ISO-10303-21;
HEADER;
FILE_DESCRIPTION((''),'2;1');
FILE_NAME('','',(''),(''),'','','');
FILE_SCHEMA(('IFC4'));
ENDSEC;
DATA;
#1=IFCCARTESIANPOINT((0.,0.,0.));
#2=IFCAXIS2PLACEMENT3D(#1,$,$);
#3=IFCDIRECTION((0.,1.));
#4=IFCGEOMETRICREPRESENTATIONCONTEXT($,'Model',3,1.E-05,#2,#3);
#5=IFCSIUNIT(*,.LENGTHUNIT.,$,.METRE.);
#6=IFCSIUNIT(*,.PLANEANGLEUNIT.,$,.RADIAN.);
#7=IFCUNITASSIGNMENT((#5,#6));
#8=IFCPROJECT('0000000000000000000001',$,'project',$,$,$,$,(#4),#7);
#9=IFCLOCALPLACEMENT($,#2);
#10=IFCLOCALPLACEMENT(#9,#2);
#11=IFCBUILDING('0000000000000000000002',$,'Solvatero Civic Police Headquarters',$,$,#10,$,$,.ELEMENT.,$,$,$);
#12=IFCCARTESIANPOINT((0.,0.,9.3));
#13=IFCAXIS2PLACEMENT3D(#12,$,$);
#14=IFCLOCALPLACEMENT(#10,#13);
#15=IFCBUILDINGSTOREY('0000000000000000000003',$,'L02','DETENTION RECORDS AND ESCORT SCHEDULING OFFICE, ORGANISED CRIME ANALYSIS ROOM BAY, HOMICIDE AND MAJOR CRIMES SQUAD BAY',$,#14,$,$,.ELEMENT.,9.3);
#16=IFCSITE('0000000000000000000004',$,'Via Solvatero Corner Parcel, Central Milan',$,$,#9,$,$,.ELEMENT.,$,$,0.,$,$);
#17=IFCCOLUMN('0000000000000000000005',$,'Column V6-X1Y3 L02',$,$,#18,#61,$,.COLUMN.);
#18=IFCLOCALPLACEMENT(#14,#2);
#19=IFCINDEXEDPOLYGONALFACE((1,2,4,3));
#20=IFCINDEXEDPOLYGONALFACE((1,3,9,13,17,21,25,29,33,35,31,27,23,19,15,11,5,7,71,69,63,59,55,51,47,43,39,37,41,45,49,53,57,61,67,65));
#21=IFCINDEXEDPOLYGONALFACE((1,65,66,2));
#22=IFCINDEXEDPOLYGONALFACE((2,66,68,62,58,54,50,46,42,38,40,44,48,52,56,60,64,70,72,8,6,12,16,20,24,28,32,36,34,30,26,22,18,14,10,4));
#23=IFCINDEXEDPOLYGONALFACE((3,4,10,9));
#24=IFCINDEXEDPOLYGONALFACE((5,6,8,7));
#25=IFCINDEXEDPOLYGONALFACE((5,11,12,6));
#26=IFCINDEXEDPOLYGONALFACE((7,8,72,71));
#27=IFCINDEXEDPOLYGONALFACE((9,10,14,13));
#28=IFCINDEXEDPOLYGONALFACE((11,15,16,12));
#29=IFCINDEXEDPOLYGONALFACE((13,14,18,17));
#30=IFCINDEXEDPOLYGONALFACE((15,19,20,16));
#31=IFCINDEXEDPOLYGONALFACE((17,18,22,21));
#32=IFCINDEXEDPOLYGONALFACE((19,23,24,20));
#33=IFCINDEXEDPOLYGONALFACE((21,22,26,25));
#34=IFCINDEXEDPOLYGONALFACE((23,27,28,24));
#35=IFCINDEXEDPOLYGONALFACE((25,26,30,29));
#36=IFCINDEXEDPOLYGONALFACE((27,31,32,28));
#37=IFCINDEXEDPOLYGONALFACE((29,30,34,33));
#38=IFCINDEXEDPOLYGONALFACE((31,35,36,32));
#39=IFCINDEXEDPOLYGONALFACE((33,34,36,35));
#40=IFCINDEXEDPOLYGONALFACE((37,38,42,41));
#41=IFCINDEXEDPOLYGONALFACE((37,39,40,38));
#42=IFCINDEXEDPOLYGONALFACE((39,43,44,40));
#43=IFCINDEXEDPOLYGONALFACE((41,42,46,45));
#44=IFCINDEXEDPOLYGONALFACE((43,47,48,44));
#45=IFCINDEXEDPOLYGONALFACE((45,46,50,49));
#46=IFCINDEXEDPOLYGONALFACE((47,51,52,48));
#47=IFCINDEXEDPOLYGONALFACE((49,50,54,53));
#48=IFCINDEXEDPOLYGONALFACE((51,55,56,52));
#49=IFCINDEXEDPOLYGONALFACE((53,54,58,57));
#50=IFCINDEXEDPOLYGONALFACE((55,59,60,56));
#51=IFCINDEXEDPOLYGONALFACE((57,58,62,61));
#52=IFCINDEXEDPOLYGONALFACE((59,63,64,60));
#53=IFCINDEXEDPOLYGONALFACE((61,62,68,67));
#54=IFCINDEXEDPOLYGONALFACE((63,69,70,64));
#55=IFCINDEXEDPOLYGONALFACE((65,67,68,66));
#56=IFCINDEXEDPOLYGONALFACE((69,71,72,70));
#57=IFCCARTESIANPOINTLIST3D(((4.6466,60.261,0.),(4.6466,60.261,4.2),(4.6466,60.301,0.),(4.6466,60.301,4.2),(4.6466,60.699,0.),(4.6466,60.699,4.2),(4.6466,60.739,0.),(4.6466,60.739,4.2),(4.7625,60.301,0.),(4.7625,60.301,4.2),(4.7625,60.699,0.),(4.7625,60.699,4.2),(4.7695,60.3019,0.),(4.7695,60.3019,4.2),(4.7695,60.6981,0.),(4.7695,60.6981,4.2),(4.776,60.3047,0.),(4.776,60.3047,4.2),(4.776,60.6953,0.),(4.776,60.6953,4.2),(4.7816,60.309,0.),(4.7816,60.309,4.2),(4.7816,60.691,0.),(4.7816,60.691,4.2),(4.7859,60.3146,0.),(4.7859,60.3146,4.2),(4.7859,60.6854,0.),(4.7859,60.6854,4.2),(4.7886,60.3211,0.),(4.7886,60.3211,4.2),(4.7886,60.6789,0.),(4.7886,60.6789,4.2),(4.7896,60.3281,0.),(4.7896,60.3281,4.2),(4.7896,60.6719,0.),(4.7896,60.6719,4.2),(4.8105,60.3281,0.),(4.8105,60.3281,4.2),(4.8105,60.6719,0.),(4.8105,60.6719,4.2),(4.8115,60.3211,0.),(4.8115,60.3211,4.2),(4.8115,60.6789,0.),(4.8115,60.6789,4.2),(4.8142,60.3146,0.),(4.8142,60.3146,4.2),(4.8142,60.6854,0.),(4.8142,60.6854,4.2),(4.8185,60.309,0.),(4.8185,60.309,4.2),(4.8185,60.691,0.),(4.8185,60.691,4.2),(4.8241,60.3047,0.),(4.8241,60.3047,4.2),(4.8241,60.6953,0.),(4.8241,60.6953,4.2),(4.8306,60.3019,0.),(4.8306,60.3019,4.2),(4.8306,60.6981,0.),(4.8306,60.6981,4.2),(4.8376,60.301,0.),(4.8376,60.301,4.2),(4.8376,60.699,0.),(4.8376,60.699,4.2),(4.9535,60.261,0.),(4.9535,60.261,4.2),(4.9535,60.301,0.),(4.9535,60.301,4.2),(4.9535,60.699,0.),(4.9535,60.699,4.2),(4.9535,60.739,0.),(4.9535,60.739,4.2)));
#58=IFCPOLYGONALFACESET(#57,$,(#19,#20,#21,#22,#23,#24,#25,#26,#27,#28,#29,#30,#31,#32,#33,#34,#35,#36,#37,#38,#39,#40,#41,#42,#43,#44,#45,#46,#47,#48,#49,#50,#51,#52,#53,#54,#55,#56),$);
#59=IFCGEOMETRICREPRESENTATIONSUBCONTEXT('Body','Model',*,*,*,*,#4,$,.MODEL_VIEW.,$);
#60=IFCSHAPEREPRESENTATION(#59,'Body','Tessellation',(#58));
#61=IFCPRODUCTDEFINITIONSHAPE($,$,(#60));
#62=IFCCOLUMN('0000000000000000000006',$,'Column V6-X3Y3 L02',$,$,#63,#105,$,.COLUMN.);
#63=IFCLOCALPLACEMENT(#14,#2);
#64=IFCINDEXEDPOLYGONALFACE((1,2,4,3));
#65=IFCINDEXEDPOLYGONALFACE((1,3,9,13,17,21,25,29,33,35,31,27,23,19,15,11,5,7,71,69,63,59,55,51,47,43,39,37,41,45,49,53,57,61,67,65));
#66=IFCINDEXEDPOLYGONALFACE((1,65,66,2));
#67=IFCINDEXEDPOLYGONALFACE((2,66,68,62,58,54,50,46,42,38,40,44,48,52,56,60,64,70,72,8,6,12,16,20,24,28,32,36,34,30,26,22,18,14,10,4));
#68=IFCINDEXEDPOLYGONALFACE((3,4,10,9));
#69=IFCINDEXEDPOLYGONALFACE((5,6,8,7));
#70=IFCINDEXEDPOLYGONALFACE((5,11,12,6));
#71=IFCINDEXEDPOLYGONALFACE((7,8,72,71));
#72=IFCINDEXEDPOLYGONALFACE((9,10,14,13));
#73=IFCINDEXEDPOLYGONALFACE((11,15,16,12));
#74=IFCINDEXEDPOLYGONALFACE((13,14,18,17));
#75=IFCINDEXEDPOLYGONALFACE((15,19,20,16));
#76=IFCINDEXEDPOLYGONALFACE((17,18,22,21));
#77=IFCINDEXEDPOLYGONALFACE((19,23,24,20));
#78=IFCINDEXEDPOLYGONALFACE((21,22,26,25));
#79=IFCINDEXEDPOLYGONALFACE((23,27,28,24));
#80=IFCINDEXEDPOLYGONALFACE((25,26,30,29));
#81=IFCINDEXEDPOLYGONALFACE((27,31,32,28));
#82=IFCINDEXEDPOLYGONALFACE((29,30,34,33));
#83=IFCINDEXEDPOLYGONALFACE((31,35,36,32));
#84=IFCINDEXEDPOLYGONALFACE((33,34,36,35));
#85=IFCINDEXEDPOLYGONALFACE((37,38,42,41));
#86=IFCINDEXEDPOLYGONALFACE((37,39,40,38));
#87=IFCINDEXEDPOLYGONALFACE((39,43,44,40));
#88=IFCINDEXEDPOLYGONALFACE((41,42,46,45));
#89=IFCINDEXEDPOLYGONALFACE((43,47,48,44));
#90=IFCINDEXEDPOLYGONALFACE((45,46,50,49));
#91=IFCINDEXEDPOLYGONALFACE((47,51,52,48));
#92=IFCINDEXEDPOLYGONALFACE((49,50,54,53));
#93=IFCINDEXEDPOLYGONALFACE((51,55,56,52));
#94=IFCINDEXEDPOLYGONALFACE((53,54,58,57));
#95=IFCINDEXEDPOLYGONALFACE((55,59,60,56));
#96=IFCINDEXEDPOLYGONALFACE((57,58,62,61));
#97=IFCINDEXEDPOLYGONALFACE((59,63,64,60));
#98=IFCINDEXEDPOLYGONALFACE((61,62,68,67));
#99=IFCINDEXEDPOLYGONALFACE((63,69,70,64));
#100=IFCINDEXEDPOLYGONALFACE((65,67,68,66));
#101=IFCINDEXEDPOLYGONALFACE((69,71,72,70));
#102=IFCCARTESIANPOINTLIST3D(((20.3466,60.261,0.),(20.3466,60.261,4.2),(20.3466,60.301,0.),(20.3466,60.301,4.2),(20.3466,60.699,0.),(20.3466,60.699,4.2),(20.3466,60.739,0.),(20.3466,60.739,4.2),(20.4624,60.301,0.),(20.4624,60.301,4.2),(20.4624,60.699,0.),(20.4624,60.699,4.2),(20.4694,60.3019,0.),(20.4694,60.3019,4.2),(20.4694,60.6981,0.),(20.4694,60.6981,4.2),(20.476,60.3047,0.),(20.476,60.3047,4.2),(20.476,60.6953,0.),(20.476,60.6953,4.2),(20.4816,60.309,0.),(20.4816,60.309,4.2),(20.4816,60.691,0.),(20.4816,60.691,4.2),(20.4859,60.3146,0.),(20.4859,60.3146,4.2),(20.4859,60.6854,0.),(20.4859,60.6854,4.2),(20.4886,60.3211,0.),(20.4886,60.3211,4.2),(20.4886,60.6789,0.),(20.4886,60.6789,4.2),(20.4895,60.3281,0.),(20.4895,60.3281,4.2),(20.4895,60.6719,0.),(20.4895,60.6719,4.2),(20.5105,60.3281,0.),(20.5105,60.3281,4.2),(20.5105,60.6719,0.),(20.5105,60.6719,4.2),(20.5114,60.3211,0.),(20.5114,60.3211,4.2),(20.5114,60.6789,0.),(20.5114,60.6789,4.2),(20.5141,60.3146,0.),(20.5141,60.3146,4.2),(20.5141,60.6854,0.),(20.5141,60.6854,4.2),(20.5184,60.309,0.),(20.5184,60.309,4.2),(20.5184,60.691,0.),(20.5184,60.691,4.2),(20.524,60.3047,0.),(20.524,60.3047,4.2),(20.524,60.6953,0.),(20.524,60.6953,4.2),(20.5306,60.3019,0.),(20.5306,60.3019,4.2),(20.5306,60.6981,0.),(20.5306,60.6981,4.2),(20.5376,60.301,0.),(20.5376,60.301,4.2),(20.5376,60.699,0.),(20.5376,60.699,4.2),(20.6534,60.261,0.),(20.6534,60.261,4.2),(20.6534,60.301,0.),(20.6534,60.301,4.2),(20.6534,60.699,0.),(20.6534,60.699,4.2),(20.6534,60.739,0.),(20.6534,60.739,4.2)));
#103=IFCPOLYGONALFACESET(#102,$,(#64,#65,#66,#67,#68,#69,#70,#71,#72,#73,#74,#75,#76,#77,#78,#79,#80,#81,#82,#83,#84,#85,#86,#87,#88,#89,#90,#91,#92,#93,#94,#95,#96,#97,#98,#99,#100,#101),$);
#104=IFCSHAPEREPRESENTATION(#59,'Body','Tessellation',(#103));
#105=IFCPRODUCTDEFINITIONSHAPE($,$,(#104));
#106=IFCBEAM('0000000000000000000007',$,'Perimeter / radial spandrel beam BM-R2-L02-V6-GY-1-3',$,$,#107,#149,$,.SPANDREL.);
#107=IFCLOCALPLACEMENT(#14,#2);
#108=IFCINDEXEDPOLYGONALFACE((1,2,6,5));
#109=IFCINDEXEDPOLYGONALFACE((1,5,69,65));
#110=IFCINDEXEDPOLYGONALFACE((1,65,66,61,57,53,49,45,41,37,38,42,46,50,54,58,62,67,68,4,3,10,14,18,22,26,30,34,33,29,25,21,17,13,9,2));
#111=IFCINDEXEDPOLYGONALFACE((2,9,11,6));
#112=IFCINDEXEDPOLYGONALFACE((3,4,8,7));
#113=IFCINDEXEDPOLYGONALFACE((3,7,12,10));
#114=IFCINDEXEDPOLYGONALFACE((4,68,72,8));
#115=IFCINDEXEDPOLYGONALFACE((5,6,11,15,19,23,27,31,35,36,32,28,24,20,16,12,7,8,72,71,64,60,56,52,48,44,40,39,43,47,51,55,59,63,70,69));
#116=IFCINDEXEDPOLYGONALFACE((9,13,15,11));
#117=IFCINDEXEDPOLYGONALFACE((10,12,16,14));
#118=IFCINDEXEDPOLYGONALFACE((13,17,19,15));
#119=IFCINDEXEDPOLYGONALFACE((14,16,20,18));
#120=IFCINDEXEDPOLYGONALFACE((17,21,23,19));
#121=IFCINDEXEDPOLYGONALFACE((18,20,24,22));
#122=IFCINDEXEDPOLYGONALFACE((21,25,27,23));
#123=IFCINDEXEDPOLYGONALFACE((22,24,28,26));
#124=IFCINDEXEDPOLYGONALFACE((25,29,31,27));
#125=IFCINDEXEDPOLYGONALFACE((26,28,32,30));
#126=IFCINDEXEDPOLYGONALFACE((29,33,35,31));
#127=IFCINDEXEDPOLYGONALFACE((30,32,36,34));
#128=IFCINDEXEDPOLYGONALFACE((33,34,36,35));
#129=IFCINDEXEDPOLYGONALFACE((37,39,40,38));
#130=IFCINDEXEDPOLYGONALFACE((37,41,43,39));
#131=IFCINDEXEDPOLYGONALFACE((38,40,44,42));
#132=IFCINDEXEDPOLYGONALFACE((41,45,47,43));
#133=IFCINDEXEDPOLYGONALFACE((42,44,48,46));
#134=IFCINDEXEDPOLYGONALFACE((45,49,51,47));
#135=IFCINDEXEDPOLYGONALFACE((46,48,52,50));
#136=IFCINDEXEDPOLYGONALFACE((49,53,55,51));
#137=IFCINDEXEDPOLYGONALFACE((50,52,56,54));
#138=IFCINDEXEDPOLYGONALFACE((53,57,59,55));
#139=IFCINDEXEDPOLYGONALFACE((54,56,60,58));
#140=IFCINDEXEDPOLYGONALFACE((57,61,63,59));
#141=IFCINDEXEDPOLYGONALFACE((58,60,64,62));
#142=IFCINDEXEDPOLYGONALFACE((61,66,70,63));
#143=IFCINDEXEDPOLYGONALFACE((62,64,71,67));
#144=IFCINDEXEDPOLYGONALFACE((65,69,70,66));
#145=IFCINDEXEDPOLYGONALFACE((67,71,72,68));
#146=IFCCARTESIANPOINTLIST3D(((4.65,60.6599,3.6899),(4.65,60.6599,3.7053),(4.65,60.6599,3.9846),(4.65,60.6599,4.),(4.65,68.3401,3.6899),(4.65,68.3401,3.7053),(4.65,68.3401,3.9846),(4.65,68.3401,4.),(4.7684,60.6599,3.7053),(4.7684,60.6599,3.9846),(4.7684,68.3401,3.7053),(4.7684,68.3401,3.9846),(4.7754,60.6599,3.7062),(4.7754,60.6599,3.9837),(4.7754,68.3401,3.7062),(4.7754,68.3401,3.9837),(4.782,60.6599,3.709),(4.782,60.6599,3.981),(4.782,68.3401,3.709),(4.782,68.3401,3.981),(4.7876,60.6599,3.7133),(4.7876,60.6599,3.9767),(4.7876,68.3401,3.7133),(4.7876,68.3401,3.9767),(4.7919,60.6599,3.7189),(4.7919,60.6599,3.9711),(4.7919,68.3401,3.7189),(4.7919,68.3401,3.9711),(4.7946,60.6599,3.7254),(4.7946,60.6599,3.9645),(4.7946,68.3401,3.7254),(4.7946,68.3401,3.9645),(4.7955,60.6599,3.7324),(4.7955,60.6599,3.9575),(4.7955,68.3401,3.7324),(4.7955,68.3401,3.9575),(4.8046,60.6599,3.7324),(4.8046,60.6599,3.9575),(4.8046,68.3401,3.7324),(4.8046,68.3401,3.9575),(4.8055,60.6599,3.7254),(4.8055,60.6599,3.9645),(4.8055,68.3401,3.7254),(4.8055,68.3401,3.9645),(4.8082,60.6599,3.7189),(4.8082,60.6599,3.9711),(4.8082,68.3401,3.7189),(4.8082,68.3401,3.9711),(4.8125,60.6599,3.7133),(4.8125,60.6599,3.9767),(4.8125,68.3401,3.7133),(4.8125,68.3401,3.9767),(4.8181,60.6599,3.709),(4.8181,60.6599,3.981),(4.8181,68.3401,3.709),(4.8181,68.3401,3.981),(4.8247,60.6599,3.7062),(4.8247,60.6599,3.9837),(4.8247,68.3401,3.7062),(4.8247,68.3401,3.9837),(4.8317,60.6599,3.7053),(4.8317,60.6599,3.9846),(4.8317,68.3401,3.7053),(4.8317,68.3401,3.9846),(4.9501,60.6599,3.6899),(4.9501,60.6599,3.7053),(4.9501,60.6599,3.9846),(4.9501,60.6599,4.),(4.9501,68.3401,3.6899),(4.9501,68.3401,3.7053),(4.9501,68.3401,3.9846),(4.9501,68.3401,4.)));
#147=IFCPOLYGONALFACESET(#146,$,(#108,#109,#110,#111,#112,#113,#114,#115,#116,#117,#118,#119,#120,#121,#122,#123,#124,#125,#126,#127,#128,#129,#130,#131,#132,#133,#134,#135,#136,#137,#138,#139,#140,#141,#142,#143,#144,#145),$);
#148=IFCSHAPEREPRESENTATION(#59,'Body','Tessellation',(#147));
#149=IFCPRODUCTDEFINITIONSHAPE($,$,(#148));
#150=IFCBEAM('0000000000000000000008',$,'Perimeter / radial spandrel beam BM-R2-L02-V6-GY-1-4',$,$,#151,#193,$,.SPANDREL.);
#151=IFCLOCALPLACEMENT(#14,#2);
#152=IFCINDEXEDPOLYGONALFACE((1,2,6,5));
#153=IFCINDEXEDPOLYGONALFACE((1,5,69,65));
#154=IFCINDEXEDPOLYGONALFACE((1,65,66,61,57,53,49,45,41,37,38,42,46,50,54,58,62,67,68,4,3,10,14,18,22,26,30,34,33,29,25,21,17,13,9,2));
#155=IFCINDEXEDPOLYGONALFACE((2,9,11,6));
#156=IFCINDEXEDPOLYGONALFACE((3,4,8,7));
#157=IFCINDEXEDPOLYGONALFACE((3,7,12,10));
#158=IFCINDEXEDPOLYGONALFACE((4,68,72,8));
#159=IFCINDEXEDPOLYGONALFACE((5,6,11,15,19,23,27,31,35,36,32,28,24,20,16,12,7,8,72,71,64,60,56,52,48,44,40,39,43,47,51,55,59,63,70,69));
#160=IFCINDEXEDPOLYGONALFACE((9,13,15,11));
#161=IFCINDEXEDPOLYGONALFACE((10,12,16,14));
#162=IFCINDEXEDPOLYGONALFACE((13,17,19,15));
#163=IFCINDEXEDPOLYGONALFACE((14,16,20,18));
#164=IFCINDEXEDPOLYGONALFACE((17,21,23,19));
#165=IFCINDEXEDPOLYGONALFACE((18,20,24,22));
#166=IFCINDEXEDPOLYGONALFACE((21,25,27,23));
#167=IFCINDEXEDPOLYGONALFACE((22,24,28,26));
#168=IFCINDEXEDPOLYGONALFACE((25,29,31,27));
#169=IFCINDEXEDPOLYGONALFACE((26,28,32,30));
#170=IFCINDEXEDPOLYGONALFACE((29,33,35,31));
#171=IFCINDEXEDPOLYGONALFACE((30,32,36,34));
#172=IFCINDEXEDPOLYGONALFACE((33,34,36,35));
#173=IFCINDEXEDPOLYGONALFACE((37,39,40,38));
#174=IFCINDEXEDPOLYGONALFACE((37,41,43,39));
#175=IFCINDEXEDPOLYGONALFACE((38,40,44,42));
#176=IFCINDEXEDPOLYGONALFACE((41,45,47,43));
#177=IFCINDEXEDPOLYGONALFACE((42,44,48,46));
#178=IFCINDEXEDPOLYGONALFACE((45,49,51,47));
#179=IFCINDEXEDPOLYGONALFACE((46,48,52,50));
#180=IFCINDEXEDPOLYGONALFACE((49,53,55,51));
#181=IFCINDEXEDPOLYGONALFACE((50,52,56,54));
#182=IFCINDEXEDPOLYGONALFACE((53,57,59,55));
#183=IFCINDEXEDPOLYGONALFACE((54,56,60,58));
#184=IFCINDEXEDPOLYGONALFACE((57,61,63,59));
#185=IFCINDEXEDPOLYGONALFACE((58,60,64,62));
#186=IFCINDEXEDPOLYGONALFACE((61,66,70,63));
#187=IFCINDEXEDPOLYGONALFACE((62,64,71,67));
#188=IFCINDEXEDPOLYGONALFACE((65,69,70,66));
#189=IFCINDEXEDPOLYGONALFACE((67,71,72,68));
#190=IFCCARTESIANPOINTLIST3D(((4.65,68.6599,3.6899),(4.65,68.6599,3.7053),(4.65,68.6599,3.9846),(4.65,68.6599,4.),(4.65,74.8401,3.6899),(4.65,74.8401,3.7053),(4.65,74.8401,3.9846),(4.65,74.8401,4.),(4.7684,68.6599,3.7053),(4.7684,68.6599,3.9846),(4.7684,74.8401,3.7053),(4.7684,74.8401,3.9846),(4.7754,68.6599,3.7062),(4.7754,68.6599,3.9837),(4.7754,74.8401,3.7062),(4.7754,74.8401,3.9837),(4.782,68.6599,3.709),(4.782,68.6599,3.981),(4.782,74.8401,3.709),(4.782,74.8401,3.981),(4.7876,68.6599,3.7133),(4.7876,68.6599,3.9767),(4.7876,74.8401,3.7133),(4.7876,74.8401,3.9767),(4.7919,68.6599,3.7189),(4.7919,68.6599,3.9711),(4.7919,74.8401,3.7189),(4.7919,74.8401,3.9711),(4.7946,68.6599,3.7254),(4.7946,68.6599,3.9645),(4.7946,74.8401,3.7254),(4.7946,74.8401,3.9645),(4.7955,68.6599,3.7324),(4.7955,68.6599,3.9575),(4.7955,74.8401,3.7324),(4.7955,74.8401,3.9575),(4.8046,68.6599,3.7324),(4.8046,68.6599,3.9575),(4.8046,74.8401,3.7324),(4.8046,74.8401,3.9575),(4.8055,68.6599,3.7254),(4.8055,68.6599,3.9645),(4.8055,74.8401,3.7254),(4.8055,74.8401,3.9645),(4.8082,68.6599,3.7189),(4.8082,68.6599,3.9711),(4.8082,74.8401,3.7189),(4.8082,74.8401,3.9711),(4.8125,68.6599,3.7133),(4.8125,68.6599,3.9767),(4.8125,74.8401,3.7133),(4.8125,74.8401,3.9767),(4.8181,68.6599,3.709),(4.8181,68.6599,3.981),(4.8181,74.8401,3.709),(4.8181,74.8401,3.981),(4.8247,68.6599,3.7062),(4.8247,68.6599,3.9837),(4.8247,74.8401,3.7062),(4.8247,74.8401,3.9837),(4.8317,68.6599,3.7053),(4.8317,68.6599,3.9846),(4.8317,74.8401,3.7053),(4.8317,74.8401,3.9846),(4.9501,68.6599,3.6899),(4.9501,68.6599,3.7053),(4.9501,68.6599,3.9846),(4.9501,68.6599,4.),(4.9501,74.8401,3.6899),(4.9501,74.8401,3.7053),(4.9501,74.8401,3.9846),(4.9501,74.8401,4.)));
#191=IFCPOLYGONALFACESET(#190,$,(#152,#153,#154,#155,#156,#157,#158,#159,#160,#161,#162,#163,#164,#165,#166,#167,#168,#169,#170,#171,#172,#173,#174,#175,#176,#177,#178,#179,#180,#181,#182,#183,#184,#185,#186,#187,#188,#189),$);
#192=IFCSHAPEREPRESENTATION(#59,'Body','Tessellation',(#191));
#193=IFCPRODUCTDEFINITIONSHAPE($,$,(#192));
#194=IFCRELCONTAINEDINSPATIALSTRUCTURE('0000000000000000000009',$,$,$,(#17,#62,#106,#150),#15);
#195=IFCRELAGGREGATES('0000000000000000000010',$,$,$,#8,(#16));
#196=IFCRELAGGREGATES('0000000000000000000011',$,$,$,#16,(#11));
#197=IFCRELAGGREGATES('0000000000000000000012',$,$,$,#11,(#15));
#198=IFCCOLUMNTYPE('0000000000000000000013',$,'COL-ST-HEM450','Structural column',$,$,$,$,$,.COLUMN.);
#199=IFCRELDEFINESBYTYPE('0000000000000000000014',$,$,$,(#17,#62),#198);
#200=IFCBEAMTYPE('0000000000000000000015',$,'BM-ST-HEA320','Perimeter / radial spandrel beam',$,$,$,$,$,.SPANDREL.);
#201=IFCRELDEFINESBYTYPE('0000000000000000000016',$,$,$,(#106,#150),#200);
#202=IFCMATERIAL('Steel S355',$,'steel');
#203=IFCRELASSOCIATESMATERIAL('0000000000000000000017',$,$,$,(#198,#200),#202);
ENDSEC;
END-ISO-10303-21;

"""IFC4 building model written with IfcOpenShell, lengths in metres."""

from ifc_helpers import new_model, si_unit, direction, frame, origin, origin_2d, place, context, subcontext, project, spatial, i_section, extrude, material, material_profile, profile_set, type_object, element, save


model = new_model("IFC4")

# Units and contexts
model_context = context("Model", 3, precision=1e-05, world=origin(), true_north=direction((0.0, 1.0)))
body_context = subcontext(model_context, "Body", "Model", "MODEL_VIEW")
ifc_project = project(units=[si_unit("LENGTHUNIT", "METRE"), si_unit("PLANEANGLEUNIT", "RADIAN")], contexts=[model_context])

# Site, building, storey
site_placement = place(None, origin())
site = spatial("IfcSite", under=ifc_project, at=site_placement, Name="Via Solvatero Corner Parcel, Central Milan", CompositionType="ELEMENT", RefElevation=0.0)
building_placement = place(site_placement, origin())
building = spatial("IfcBuilding", under=site, at=building_placement, Name="Solvatero Civic Police Headquarters", CompositionType="ELEMENT")
storey_placement = place(building_placement, frame((0.0, 0.0, 9.3)))
storey = spatial("IfcBuildingStorey", under=building, at=storey_placement, Name="L02", Description="DETENTION RECORDS AND ESCORT SCHEDULING OFFICE, ORGANISED CRIME ANALYSIS ROOM BAY, HOMICIDE AND MAJOR CRIMES SQUAD BAY", CompositionType="ELEMENT", Elevation=9.3)

# Columns
ifc_material_1 = material(Name="Steel S355", Category="steel")
ifc_material_profile_1 = material_profile(ifc_material_1, i_section(OverallWidth=0.3069, OverallDepth=0.478, WebThickness=0.021, FlangeThickness=0.04, FilletRadius=0.0271, at=origin_2d()), Name="HEM 450")
ifc_profile_set_1 = profile_set([ifc_material_profile_1], Name="Steel S355")
column_type_1 = type_object("IfcColumnType", Name="COL-ST-HEM450", Description="Structural column", PredefinedType="COLUMN", material=ifc_profile_set_1)
for number, where, z_axis, x_axis, name in (
    (1, (4.8, 60.5, 0.0), (0.0, 0.0, 1.0), (1.0, 0.0, 0.0), "Column V6-X1Y3 L02"),
    (2, (20.5, 60.5, 0.0), (0.0, 0.0, 1.0), (1.0, 0.0, 0.0), "Column V6-X3Y3 L02"),
):
    element("IfcColumn", number, at=place(storey_placement, frame(where, z_axis=z_axis, x_axis=x_axis)), inside=storey, type_object=column_type_1, Name=name, PredefinedType="COLUMN", context=body_context, shape_type="SweptSolid", body=[
        extrude(i_section(OverallWidth=0.3069, OverallDepth=0.478, WebThickness=0.021, FlangeThickness=0.04, FilletRadius=0.0271, at=origin_2d()), origin(), (0.0, 0.0, 1.0), 4.2),
    ])

# Beams
ifc_material_profile_2 = material_profile(ifc_material_1, i_section(OverallWidth=0.3, OverallDepth=0.3101, WebThickness=0.009, FlangeThickness=0.0154, FilletRadius=0.0271, at=origin_2d()), Name="HEA 320")
ifc_profile_set_2 = profile_set([ifc_material_profile_2], Name="Steel S355")
beam_type_1 = type_object("IfcBeamType", Name="BM-ST-HEA320", Description="Perimeter / radial spandrel beam", PredefinedType="SPANDREL", material=ifc_profile_set_2)
beam_1_placement = place(storey_placement, frame((4.8, 60.6599, 3.845), z_axis=(0.0, 1.0, 0.0), x_axis=(-1.0, 0.0, 0.0)))
element("IfcBeam", 3, at=beam_1_placement, inside=storey, type_object=beam_type_1, Name="Perimeter / radial spandrel beam BM-R2-L02-V6-GY-1-3", PredefinedType="SPANDREL", context=body_context, shape_type="SweptSolid", body=[
    extrude(i_section(OverallWidth=0.3, OverallDepth=0.3101, WebThickness=0.009, FlangeThickness=0.0154, FilletRadius=0.0271, at=origin_2d()), origin(), (0.0, 0.0, 1.0), 7.6802),
])
beam_2_placement = place(storey_placement, frame((4.8, 68.6599, 3.845), z_axis=(0.0, 1.0, 0.0), x_axis=(-1.0, 0.0, 0.0)))
element("IfcBeam", 4, at=beam_2_placement, inside=storey, type_object=beam_type_1, Name="Perimeter / radial spandrel beam BM-R2-L02-V6-GY-1-4", PredefinedType="SPANDREL", context=body_context, shape_type="SweptSolid", body=[
    extrude(i_section(OverallWidth=0.3, OverallDepth=0.3101, WebThickness=0.009, FlangeThickness=0.0154, FilletRadius=0.0271, at=origin_2d()), origin(), (0.0, 0.0, 1.0), 6.1802),
])

save(model, "model.ifc")
